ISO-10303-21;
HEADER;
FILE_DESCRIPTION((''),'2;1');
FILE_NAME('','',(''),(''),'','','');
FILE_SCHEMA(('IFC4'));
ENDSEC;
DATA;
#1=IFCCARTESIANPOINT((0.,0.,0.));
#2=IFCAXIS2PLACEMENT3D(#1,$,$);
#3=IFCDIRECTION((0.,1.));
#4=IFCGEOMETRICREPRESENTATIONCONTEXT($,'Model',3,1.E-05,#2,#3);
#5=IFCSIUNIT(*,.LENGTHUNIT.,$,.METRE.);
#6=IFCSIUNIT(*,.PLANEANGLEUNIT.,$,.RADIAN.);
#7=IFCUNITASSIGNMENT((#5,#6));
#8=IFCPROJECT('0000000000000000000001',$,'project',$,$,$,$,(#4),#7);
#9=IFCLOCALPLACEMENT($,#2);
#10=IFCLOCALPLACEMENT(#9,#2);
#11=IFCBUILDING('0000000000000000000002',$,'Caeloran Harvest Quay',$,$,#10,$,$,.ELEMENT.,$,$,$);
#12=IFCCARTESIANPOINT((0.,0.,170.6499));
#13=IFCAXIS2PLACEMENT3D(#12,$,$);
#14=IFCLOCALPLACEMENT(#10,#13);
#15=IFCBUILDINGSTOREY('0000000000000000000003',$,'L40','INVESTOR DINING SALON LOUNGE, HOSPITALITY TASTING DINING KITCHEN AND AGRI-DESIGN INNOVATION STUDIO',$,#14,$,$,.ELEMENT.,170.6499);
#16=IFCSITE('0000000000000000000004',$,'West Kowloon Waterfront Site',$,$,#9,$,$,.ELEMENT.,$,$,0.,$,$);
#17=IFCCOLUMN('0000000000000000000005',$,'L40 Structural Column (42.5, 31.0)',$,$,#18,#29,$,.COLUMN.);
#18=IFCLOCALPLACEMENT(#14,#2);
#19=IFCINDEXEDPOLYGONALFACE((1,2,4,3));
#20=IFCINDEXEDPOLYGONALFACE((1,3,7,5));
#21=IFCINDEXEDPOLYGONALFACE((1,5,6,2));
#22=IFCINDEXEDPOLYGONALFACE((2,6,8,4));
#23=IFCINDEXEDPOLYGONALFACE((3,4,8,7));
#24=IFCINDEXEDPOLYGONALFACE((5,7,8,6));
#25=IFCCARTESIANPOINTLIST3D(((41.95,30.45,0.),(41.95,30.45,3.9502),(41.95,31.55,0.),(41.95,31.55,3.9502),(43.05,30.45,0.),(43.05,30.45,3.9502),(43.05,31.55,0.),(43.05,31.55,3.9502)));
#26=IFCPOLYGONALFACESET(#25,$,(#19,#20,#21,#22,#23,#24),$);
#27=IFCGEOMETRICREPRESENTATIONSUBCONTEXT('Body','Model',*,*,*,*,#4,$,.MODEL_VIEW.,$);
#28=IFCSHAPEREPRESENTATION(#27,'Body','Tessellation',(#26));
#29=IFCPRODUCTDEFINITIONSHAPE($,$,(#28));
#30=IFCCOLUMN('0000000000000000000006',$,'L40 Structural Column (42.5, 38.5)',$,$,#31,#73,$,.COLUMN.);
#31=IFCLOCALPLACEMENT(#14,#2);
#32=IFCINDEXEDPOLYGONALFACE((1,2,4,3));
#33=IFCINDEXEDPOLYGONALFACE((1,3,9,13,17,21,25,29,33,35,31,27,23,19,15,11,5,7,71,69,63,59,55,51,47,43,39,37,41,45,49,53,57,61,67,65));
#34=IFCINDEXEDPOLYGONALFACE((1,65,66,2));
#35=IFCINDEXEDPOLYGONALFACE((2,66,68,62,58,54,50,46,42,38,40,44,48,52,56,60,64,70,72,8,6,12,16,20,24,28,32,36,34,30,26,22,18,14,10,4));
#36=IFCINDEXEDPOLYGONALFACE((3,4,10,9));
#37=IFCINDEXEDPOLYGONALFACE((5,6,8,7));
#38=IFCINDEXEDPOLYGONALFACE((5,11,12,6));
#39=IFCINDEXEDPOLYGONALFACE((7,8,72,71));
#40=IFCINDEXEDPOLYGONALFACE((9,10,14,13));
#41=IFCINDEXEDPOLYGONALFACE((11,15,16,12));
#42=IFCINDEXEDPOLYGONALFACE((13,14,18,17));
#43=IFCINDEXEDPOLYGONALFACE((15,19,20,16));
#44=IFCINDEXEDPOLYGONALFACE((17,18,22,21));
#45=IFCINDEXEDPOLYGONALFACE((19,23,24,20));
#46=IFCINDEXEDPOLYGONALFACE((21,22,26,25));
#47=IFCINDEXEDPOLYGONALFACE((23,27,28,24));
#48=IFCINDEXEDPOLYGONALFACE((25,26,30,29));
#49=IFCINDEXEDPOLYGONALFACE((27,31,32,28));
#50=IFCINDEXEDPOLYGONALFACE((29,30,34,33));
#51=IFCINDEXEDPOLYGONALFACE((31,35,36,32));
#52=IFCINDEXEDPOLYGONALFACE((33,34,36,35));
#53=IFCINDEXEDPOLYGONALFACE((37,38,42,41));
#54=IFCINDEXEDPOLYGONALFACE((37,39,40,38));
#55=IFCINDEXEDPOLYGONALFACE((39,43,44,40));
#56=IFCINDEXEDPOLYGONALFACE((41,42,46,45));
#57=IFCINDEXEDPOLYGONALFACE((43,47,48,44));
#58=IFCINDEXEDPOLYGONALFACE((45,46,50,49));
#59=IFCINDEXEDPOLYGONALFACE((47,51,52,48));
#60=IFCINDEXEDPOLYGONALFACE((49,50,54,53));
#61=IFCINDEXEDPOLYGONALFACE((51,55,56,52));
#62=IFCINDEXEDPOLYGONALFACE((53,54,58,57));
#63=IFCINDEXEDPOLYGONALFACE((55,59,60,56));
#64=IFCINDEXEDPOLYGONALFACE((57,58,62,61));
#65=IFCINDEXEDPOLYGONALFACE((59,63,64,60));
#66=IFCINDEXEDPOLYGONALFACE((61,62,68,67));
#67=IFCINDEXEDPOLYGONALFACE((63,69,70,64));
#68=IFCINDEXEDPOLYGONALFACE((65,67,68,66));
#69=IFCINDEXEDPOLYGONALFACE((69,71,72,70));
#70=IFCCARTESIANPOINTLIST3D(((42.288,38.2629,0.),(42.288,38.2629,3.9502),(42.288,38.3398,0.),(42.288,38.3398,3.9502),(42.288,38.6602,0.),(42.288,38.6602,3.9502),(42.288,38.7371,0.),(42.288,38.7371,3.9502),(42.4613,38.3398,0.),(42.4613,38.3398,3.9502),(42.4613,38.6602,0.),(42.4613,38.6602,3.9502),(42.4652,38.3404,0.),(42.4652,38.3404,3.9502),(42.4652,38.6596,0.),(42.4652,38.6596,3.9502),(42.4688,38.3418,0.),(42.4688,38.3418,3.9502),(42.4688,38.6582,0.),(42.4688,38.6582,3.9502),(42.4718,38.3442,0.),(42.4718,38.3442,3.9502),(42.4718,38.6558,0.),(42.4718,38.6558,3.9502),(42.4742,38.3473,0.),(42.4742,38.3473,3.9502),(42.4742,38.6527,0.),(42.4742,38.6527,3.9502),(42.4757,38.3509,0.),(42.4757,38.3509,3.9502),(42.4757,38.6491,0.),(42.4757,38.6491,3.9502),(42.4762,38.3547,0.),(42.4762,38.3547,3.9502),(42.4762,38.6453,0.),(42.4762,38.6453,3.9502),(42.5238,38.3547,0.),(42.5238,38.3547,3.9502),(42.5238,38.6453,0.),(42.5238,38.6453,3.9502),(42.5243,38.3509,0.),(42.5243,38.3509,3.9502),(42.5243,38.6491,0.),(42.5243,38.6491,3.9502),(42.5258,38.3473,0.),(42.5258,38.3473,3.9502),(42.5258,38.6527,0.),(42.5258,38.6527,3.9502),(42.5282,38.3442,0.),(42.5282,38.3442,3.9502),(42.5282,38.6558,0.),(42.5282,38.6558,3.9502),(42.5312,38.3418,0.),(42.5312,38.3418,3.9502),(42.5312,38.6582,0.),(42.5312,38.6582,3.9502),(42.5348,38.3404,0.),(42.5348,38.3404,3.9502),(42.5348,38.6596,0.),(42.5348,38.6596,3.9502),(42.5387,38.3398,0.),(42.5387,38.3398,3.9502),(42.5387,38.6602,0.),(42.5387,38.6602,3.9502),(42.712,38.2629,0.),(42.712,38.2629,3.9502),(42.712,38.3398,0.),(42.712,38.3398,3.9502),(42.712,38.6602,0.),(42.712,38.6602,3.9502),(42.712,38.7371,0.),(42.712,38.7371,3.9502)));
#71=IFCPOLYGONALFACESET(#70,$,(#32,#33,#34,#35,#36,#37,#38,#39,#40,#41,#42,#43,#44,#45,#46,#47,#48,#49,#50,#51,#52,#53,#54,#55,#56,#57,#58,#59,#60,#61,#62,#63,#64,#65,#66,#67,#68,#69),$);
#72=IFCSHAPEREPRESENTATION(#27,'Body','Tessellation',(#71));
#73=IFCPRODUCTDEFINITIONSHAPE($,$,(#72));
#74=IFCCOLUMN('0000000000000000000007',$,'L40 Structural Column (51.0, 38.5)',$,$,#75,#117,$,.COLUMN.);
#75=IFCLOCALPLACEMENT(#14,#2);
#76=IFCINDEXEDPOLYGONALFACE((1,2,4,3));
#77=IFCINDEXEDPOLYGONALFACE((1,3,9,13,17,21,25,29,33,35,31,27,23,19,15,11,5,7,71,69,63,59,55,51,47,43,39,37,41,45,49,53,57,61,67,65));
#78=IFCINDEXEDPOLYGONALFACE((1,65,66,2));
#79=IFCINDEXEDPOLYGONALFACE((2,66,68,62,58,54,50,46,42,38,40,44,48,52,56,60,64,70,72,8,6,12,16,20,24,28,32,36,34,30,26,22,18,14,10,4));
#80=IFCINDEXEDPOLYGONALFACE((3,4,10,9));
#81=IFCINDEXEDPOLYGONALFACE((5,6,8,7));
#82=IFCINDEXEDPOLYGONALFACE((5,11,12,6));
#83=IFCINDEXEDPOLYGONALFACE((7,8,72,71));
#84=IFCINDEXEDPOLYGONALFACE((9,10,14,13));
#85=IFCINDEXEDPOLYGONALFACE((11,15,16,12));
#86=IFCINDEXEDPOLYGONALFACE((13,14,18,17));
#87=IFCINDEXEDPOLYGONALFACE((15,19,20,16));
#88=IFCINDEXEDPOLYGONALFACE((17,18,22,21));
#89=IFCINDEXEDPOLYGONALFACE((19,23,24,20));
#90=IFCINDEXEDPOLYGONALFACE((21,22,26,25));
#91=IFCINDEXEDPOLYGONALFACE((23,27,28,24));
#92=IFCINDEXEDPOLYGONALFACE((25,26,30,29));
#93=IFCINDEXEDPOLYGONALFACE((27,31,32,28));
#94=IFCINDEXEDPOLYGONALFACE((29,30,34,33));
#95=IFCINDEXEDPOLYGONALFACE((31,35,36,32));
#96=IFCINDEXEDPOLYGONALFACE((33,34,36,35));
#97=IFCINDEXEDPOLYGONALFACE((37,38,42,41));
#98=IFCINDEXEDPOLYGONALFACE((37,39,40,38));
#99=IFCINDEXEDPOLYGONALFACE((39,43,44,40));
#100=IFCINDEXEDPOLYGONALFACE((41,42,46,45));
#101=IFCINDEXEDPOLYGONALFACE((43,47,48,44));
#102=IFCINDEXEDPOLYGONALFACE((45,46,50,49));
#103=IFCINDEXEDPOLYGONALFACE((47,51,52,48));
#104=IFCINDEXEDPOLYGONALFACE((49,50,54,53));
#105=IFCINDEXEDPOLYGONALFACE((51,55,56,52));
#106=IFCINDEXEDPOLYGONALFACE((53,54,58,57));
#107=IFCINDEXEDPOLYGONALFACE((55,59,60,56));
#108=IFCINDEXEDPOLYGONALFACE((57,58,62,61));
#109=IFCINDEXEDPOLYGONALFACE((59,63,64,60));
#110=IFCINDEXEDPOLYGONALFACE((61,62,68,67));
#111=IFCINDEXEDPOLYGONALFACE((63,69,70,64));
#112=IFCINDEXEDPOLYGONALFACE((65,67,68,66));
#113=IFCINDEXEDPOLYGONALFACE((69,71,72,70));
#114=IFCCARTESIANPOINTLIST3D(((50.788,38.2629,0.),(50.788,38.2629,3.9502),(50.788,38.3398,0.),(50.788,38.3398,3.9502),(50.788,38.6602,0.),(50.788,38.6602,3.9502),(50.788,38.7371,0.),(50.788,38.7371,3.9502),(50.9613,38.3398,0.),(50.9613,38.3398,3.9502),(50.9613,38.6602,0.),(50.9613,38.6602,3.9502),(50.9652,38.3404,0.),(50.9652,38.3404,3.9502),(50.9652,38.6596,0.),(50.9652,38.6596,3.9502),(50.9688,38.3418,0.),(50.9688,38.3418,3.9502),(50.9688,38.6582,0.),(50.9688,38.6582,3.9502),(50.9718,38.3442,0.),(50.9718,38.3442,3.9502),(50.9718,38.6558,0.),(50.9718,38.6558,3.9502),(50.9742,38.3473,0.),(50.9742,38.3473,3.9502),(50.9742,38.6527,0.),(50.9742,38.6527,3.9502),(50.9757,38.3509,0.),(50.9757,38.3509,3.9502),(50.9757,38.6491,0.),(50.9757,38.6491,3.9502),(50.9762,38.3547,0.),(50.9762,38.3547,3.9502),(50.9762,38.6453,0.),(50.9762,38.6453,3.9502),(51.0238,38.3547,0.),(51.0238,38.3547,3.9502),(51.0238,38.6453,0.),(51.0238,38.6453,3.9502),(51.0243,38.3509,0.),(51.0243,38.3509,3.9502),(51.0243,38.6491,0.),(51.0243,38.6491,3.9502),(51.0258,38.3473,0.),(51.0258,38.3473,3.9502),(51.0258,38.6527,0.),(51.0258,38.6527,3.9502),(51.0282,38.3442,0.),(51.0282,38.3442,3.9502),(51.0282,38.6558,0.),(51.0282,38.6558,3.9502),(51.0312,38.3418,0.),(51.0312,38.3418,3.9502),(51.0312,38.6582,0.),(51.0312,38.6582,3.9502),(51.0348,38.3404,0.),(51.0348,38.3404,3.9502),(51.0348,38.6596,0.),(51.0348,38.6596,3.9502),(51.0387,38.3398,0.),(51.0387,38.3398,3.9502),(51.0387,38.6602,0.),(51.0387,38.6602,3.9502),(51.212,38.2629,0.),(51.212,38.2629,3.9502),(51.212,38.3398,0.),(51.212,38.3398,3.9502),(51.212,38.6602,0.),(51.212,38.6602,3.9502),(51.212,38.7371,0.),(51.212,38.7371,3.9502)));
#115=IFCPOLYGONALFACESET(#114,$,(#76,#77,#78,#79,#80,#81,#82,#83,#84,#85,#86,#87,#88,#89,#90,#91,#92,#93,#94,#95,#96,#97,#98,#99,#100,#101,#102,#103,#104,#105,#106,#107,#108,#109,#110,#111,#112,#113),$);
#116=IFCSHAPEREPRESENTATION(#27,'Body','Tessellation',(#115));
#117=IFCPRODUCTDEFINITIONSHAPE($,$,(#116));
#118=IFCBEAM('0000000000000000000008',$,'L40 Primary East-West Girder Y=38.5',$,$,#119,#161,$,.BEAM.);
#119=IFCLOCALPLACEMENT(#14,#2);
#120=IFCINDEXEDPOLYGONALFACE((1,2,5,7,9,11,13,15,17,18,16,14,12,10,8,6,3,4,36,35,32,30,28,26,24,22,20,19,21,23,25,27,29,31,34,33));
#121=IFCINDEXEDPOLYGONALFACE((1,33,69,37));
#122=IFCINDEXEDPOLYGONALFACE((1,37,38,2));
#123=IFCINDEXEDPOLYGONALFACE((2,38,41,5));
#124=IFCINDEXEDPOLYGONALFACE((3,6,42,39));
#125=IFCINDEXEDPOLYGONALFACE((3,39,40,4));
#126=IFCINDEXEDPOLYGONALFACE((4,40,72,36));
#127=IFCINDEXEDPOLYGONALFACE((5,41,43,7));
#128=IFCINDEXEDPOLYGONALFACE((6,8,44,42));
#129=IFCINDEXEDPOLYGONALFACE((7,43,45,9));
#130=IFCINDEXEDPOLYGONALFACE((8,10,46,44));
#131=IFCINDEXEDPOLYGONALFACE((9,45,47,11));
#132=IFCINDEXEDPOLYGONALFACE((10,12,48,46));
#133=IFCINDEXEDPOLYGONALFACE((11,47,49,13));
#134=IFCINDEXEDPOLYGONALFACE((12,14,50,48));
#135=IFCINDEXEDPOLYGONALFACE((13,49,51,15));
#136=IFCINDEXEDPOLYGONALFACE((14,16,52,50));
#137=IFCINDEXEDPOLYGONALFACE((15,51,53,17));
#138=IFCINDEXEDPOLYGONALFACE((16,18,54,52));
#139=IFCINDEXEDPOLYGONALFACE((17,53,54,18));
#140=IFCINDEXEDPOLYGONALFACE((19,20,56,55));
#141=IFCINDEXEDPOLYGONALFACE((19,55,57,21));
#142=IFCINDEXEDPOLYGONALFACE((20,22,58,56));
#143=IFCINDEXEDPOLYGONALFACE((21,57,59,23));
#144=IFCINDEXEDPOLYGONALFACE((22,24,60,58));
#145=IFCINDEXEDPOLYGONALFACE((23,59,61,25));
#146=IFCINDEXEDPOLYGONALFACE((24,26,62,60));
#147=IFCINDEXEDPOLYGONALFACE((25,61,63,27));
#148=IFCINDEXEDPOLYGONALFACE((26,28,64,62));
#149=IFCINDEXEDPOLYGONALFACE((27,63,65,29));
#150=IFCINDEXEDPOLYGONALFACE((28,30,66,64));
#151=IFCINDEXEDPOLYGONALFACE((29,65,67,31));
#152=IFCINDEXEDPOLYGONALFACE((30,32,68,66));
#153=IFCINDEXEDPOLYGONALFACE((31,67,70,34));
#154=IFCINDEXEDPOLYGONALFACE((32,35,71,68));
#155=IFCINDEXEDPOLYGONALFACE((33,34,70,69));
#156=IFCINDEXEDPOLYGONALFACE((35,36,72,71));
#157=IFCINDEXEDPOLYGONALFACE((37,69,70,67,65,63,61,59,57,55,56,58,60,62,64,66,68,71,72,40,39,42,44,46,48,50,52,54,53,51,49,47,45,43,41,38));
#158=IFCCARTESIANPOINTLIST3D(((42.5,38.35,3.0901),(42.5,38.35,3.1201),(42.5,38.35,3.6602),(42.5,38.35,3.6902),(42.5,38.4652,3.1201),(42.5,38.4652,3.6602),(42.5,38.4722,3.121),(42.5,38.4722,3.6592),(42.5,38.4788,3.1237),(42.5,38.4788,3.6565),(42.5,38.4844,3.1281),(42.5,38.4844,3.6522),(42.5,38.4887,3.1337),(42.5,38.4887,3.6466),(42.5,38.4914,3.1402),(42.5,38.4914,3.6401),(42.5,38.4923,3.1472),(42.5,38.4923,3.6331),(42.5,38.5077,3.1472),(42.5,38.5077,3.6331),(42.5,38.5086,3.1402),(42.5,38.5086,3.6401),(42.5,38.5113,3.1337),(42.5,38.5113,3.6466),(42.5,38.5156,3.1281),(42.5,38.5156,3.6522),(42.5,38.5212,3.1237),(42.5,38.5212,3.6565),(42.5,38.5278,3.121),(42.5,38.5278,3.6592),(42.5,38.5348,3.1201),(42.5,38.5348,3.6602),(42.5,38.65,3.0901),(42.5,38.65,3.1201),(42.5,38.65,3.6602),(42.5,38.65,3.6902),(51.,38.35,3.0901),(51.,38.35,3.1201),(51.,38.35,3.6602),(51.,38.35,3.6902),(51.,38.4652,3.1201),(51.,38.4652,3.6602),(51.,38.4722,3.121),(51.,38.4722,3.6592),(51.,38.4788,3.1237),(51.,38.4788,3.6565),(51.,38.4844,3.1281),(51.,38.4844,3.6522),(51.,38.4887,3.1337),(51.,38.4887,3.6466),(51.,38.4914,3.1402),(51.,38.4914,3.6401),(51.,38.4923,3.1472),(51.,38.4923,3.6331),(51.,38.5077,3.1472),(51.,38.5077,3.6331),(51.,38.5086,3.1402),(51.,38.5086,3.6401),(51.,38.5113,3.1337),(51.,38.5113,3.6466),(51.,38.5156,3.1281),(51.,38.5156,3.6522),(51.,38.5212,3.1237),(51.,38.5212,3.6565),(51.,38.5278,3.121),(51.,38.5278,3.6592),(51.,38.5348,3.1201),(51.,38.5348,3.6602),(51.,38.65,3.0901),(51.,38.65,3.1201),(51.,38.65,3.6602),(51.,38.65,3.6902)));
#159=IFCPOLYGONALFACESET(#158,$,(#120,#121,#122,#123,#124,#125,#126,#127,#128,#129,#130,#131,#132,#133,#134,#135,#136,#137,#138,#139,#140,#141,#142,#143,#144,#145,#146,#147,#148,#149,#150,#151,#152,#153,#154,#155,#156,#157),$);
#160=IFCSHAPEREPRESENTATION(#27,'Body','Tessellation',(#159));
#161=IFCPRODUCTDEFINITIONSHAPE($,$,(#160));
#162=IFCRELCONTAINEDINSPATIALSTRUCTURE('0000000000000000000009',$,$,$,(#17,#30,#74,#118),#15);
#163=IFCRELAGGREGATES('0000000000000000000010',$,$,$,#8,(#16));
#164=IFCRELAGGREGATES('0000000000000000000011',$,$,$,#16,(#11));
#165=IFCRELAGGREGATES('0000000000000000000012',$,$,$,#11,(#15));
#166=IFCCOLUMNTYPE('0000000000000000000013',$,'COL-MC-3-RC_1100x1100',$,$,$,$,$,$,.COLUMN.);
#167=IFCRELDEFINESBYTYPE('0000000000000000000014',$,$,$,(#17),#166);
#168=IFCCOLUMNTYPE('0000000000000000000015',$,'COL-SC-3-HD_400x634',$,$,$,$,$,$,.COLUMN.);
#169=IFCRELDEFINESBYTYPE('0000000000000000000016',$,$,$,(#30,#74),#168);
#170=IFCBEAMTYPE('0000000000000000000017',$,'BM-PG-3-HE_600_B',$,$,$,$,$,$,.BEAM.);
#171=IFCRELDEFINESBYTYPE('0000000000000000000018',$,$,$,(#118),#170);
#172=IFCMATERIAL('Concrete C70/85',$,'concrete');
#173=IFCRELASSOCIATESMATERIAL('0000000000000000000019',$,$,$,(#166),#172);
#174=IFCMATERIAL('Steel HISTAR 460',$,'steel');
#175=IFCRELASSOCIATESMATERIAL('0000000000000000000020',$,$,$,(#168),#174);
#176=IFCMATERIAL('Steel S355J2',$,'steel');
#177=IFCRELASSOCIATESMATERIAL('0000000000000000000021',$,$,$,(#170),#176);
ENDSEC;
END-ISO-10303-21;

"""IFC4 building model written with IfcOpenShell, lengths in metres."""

from ifc_helpers import new_model, si_unit, direction, frame, origin, origin_2d, place, context, subcontext, project, spatial, rectangle, i_section, extrude, material, material_profile, profile_set, type_object, element, save


model = new_model("IFC4")

# Units and contexts
model_context = context("Model", 3, precision=1e-05, world=origin(), true_north=direction((0.0, 1.0)))
body_context = subcontext(model_context, "Body", "Model", "MODEL_VIEW")
ifc_project = project(units=[si_unit("LENGTHUNIT", "METRE"), si_unit("PLANEANGLEUNIT", "RADIAN")], contexts=[model_context])

# Site, building, storey
site_placement = place(None, origin())
site = spatial("IfcSite", under=ifc_project, at=site_placement, Name="West Kowloon Waterfront Site", CompositionType="ELEMENT", RefElevation=0.0)
building_placement = place(site_placement, origin())
building = spatial("IfcBuilding", under=site, at=building_placement, Name="Caeloran Harvest Quay", CompositionType="ELEMENT")
storey_placement = place(building_placement, frame((0.0, 0.0, 170.6499)))
storey = spatial("IfcBuildingStorey", under=building, at=storey_placement, Name="L40", Description="INVESTOR DINING SALON LOUNGE, HOSPITALITY TASTING DINING KITCHEN AND AGRI-DESIGN INNOVATION STUDIO", CompositionType="ELEMENT", Elevation=170.6499)

# Columns
ifc_material_1 = material(Name="Concrete C70/85", Category="concrete")
ifc_material_profile_1 = material_profile(ifc_material_1, rectangle(XDim=1.1001, YDim=1.1001, at=origin_2d()), Name="RC 1100x1100")
ifc_profile_set_1 = profile_set([ifc_material_profile_1], Name="Concrete C70/85")
column_type_1 = type_object("IfcColumnType", Name="COL-MC-3-RC_1100x1100", PredefinedType="COLUMN", material=ifc_profile_set_1)
column_placement = place(storey_placement, frame((42.5, 31.0, 0.0), z_axis=(0.0, 0.0, 1.0), x_axis=(1.0, 0.0, 0.0)))
element("IfcColumn", 1, at=column_placement, inside=storey, type_object=column_type_1, Name="L40 Structural Column (42.5, 31.0)", PredefinedType="COLUMN", context=body_context, shape_type="SweptSolid", body=[
    extrude(rectangle(XDim=1.1001, YDim=1.1001, at=origin_2d()), origin(), (0.0, 0.0, 1.0), 3.9502),
])
ifc_material_2 = material(Name="Steel HISTAR 460", Category="steel")
ifc_material_profile_2 = material_profile(ifc_material_2, i_section(OverallWidth=0.4241, OverallDepth=0.4741, WebThickness=0.0476, FlangeThickness=0.0769, FilletRadius=0.0149, at=origin_2d()), Name="HD 400x634")
ifc_profile_set_2 = profile_set([ifc_material_profile_2], Name="Steel HISTAR 460")
column_type_2 = type_object("IfcColumnType", Name="COL-SC-3-HD_400x634", PredefinedType="COLUMN", material=ifc_profile_set_2)
for number, where, z_axis, x_axis, name in (
    (2, (42.5, 38.5, 0.0), (0.0, 0.0, 1.0), (1.0, 0.0, 0.0), "L40 Structural Column (42.5, 38.5)"),
    (3, (51.0, 38.5, 0.0), (0.0, 0.0, 1.0), (1.0, 0.0, 0.0), "L40 Structural Column (51.0, 38.5)"),
):
    element("IfcColumn", number, at=place(storey_placement, frame(where, z_axis=z_axis, x_axis=x_axis)), inside=storey, type_object=column_type_2, Name=name, PredefinedType="COLUMN", context=body_context, shape_type="SweptSolid", body=[
        extrude(i_section(OverallWidth=0.4241, OverallDepth=0.4741, WebThickness=0.0476, FlangeThickness=0.0769, FilletRadius=0.0149, at=origin_2d()), origin(), (0.0, 0.0, 1.0), 3.9502),
    ])

# Beam
ifc_material_3 = material(Name="Steel S355J2", Category="steel")
ifc_material_profile_3 = material_profile(ifc_material_3, i_section(OverallWidth=0.3, OverallDepth=0.6001, WebThickness=0.0154, FlangeThickness=0.03, FilletRadius=0.0271, at=origin_2d()), Name="HE 600 B")
ifc_profile_set_3 = profile_set([ifc_material_profile_3], Name="Steel S355J2")
beam_type = type_object("IfcBeamType", Name="BM-PG-3-HE_600_B", PredefinedType="BEAM", material=ifc_profile_set_3)
beam_1_placement = place(storey_placement, frame((42.5, 38.5, 3.3901), z_axis=(1.0, 0.0, 0.0), x_axis=(0.0, 1.0, 0.0)))
element("IfcBeam", 4, at=beam_1_placement, inside=storey, type_object=beam_type, Name="L40 Primary East-West Girder Y=38.5", PredefinedType="BEAM", context=body_context, shape_type="SweptSolid", body=[
    extrude(i_section(OverallWidth=0.3, OverallDepth=0.6001, WebThickness=0.0154, FlangeThickness=0.03, FilletRadius=0.0271, at=origin_2d()), origin(), (0.0, 0.0, 1.0), 8.5),
])

save(model, "model.ifc")
